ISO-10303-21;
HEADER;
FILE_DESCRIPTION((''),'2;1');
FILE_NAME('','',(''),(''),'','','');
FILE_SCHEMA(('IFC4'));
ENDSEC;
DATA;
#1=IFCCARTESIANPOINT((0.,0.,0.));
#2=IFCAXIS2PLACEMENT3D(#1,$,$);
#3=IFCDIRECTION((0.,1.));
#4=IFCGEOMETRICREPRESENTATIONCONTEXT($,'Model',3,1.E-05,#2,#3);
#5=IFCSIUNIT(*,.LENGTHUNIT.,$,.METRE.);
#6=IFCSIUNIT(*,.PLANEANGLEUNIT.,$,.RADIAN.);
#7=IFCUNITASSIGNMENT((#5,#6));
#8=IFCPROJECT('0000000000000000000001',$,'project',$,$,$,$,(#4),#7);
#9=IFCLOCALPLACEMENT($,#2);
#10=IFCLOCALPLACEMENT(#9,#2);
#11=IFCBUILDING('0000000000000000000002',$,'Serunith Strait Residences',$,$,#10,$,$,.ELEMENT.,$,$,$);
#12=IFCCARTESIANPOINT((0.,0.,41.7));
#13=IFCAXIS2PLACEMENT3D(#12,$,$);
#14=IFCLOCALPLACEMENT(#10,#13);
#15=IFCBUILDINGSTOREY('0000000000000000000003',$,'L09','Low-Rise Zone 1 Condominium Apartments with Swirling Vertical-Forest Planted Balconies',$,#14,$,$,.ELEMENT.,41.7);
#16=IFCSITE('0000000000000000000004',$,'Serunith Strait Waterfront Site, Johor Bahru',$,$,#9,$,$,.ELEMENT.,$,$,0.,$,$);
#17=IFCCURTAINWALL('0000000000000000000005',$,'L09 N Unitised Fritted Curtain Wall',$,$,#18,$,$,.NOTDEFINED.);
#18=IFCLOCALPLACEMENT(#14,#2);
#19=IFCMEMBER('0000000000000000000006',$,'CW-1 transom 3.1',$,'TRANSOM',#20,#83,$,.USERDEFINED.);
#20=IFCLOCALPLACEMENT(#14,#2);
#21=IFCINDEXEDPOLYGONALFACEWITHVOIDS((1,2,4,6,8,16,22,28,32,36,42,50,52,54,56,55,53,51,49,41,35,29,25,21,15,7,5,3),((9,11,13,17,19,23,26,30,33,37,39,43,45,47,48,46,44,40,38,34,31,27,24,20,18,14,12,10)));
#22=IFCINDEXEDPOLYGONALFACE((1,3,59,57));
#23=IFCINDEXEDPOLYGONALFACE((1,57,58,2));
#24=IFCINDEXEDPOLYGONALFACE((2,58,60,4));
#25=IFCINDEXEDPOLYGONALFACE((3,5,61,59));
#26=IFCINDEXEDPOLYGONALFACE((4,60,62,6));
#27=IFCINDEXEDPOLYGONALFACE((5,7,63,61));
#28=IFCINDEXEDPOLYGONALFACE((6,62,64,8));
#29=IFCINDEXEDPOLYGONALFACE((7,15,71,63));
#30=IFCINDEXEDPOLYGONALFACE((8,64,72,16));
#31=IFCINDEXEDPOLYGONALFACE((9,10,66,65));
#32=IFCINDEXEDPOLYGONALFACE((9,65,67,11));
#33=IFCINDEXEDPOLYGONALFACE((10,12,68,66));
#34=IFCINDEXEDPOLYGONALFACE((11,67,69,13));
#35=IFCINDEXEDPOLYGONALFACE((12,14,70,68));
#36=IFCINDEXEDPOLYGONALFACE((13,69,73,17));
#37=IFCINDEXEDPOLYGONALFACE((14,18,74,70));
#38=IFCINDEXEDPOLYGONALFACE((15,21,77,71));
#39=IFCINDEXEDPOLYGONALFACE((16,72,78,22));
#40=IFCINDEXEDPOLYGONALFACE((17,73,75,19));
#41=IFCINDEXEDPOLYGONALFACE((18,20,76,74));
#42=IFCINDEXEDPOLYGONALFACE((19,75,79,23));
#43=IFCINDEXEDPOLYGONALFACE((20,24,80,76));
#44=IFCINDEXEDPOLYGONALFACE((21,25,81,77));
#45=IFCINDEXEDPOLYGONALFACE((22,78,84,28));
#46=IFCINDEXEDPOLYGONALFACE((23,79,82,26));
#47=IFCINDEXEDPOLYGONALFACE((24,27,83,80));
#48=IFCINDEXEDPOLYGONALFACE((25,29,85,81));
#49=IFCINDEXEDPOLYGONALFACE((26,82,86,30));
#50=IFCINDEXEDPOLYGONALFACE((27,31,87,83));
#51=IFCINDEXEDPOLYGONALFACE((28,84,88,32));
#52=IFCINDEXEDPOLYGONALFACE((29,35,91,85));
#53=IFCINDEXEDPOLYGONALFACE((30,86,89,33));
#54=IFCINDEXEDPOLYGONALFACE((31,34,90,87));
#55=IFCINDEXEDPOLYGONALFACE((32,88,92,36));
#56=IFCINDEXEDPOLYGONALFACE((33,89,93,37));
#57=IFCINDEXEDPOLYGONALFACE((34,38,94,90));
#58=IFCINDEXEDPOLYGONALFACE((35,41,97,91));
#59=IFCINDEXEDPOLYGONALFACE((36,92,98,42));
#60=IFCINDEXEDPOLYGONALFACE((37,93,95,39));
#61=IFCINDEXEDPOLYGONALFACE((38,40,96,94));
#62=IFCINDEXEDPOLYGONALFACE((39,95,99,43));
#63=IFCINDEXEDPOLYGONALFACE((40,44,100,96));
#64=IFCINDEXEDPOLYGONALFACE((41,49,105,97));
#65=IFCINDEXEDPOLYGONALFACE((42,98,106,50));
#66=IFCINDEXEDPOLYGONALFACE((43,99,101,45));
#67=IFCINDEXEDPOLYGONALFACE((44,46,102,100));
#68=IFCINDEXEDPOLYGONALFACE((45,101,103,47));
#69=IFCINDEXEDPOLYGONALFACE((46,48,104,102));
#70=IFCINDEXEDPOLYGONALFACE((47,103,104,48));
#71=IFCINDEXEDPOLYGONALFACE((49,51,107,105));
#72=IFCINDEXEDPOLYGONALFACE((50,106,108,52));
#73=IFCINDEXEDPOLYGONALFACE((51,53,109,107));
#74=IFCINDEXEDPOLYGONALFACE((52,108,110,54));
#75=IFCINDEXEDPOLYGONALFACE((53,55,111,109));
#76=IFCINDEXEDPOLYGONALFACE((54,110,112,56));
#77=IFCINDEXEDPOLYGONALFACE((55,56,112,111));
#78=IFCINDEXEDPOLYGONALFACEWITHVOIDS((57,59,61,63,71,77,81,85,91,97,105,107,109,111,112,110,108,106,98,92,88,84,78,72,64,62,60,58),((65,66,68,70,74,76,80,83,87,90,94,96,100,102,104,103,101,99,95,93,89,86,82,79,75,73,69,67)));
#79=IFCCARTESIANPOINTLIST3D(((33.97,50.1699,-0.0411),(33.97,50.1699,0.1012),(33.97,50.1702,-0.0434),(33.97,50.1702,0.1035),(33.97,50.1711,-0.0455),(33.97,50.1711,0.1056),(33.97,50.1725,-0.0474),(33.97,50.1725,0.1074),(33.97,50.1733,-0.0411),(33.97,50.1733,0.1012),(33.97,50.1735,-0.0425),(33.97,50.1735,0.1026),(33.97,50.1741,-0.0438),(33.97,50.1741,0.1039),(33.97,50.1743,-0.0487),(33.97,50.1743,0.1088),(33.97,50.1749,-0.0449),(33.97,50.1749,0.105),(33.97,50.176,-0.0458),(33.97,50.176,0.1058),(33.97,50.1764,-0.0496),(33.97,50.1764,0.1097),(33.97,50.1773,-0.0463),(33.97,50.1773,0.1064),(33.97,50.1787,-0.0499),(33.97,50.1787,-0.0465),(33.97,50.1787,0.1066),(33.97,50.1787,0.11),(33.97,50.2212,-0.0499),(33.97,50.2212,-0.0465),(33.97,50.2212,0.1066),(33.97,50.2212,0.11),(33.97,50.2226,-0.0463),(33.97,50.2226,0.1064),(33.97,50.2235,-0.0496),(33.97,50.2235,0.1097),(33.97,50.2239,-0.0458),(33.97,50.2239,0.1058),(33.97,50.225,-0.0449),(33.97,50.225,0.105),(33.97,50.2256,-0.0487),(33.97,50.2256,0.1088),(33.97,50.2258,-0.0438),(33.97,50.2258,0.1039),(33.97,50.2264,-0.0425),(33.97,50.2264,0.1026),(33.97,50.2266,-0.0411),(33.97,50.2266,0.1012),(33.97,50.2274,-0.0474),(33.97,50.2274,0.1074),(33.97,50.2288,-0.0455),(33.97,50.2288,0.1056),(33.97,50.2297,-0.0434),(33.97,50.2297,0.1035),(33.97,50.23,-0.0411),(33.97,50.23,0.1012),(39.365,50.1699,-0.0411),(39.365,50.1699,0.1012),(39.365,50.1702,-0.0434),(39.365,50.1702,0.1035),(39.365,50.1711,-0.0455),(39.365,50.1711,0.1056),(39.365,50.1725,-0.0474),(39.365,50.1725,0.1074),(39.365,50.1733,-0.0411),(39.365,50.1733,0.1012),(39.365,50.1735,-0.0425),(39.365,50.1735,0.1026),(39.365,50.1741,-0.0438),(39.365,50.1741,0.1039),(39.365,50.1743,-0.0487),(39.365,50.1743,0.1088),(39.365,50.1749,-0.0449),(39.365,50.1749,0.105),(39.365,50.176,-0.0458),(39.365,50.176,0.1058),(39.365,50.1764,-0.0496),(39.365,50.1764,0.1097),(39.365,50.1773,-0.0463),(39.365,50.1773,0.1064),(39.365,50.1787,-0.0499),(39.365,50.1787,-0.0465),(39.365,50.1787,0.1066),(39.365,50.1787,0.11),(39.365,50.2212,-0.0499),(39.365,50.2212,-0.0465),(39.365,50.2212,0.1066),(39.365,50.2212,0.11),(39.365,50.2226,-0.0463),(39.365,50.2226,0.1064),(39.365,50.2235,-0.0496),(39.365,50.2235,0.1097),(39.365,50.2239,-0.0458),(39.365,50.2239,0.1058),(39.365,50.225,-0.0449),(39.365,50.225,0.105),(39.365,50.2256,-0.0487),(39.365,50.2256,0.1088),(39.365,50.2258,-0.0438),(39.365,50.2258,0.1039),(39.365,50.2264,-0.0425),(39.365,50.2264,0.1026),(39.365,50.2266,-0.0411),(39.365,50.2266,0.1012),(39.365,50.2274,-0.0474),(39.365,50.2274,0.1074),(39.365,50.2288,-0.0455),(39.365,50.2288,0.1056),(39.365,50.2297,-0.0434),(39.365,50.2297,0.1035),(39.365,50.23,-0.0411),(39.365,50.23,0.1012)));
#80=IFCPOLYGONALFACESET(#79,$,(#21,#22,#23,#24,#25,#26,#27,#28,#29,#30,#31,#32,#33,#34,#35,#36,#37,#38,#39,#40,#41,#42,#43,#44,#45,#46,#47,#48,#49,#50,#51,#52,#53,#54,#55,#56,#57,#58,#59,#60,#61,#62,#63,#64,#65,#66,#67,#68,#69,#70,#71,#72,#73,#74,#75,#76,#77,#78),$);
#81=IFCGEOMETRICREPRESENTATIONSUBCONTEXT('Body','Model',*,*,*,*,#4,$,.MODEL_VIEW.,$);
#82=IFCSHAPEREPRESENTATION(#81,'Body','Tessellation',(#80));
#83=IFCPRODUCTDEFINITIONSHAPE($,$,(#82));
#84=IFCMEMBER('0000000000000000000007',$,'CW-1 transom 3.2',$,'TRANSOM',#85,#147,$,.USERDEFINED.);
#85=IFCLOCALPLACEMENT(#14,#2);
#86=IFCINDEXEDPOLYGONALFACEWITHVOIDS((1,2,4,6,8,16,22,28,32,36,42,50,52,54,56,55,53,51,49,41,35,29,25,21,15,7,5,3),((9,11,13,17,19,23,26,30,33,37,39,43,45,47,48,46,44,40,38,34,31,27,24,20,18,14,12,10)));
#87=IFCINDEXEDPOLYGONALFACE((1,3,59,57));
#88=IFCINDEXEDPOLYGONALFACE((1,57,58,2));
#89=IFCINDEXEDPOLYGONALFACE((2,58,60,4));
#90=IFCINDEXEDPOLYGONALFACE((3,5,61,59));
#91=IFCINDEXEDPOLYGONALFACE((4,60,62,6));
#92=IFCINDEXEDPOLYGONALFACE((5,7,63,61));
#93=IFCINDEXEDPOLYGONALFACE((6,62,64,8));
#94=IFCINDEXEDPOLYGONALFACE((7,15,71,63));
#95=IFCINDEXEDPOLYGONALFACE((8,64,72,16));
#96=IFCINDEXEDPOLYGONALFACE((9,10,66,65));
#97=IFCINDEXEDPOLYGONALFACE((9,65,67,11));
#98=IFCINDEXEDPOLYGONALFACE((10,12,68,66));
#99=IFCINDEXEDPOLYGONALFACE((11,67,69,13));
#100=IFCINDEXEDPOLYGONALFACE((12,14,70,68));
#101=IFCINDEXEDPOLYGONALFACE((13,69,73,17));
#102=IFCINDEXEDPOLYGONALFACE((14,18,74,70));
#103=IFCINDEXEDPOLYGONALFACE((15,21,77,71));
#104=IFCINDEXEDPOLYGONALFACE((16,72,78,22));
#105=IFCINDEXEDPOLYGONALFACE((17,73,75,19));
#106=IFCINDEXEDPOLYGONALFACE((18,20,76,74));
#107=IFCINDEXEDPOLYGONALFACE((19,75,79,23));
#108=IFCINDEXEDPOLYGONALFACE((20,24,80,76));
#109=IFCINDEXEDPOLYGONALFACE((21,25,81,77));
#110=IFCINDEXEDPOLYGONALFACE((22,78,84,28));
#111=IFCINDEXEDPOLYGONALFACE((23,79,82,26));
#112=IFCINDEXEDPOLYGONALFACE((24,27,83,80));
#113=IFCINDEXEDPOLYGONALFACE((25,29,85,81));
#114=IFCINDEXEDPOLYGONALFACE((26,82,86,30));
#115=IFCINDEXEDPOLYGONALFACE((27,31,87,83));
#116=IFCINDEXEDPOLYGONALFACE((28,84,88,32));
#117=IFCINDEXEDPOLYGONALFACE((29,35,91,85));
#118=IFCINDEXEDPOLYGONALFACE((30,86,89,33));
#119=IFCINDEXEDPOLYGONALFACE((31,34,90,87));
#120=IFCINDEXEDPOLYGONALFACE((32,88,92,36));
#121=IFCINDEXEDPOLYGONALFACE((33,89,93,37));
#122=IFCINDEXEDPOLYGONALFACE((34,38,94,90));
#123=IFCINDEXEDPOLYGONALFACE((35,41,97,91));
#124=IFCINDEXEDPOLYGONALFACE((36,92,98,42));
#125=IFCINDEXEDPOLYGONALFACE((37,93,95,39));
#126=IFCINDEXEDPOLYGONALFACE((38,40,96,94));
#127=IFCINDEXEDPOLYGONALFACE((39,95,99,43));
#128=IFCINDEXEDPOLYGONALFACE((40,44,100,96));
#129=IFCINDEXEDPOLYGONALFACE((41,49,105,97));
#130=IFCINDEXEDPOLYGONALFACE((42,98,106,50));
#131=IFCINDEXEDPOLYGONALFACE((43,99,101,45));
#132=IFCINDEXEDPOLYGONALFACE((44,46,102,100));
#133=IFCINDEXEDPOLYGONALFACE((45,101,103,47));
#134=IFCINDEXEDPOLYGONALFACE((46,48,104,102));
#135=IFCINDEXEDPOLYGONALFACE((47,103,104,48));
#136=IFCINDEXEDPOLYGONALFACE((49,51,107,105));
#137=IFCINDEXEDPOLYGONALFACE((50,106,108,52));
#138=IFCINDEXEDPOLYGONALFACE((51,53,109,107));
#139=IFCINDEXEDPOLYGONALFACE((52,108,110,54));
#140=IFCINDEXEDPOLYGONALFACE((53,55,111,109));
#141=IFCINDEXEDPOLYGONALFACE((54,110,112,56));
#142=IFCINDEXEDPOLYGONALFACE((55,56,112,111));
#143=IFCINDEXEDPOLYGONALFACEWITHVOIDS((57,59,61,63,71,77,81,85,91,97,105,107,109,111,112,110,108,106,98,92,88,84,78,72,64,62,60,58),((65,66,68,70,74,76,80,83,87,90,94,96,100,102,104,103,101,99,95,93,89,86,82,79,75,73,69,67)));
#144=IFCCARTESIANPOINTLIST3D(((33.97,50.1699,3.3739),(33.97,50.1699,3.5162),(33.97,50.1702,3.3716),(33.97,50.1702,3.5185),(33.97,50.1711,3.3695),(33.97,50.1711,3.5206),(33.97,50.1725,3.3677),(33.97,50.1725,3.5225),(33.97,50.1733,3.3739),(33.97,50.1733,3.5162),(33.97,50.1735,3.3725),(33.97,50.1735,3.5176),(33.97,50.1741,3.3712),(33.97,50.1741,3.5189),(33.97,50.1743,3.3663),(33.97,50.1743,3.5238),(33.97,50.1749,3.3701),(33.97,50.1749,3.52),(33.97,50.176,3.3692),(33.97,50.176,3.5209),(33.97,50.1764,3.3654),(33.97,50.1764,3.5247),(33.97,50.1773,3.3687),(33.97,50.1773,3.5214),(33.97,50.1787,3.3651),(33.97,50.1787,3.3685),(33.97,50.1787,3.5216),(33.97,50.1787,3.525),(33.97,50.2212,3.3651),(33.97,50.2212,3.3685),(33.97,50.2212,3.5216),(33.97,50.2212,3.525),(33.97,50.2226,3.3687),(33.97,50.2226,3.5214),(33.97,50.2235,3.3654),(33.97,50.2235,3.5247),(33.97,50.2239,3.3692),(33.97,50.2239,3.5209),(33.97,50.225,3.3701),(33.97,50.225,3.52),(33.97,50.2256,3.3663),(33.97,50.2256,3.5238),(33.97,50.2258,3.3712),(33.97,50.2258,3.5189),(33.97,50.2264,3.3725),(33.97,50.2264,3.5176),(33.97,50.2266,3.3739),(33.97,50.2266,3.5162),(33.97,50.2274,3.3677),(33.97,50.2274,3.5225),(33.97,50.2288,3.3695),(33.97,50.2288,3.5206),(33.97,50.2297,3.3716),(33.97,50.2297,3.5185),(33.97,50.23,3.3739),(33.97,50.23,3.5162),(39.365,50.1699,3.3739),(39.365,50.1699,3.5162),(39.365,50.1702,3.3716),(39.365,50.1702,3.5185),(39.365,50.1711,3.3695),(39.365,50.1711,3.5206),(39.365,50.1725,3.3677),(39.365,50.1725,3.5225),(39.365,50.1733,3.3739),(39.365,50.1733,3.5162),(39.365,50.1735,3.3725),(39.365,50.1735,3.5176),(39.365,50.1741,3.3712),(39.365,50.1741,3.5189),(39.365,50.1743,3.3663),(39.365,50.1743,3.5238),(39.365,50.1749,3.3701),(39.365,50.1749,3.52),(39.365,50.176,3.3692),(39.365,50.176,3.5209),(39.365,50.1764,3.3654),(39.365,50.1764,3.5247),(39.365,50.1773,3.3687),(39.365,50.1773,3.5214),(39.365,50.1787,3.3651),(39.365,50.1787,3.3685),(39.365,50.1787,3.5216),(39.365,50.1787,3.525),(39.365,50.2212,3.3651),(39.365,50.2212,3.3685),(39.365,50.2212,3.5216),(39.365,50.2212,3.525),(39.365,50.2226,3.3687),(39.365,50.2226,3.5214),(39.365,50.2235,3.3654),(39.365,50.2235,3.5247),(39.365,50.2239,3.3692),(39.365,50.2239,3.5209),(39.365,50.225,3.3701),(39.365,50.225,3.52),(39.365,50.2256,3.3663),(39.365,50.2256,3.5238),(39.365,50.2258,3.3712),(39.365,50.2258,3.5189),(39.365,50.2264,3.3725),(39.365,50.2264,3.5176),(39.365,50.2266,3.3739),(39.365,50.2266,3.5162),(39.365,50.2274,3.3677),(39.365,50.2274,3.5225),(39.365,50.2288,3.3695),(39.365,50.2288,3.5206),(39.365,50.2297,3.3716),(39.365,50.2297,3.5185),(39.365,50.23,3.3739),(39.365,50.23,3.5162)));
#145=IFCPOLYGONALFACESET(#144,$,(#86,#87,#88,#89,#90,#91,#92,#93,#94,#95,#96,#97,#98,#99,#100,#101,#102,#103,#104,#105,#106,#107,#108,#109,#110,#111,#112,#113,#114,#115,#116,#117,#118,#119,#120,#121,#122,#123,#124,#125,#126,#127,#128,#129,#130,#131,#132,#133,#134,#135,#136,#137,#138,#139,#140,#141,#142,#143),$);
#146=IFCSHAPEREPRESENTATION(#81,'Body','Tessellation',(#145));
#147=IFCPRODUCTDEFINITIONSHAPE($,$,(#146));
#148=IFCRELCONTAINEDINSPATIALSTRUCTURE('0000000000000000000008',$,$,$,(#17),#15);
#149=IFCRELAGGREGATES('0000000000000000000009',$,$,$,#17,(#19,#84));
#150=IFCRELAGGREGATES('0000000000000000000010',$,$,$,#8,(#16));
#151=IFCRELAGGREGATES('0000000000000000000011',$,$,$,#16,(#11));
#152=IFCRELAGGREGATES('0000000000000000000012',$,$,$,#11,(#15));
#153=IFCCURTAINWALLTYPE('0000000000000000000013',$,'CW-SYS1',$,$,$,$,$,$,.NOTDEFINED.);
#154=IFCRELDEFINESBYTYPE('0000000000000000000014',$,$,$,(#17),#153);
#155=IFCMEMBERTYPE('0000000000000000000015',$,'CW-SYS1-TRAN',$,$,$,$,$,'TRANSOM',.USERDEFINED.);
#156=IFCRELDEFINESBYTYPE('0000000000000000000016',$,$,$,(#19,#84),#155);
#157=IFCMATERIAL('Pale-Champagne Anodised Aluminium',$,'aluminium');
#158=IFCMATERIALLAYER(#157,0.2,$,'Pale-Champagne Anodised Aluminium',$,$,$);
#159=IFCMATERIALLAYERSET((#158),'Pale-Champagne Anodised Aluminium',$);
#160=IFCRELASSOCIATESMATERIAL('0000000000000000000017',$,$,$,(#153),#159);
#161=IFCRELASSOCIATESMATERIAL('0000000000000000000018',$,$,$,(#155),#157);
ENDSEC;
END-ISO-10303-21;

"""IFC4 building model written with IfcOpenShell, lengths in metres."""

from ifc_helpers import new_model, si_unit, direction, frame, origin, origin_2d, place, context, subcontext, project, spatial, hollow_rectangle, extrude, source, transform, mapped, material, layer, layer_set, material_profile, profile_set, type_object, element, aggregate, save


model = new_model("IFC4")

# Units and contexts
model_context = context("Model", 3, precision=1e-05, world=origin(), true_north=direction((0.0, 1.0)))
body_context = subcontext(model_context, "Body", "Model", "MODEL_VIEW")
ifc_project = project(units=[si_unit("LENGTHUNIT", "METRE"), si_unit("PLANEANGLEUNIT", "RADIAN")], contexts=[model_context])

# Site, building, storey
site_placement = place(None, origin())
site = spatial("IfcSite", under=ifc_project, at=site_placement, Name="Serunith Strait Waterfront Site, Johor Bahru", CompositionType="ELEMENT", RefElevation=0.0)
building_placement = place(site_placement, origin())
building = spatial("IfcBuilding", under=site, at=building_placement, Name="Serunith Strait Residences", CompositionType="ELEMENT")
storey_placement = place(building_placement, frame((0.0, 0.0, 41.7)))
storey = spatial("IfcBuildingStorey", under=building, at=storey_placement, Name="L09", Description="Low-Rise Zone 1 Condominium Apartments with Swirling Vertical-Forest Planted Balconies", CompositionType="ELEMENT", Elevation=41.7)

# Curtain wall
ifc_material_1 = material(Name="Pale-Champagne Anodised Aluminium", Category="aluminium")
ifc_layer_1 = layer(ifc_material_1, 0.2, Name="Pale-Champagne Anodised Aluminium")
ifc_layer_set_1 = layer_set([ifc_layer_1], Name="Pale-Champagne Anodised Aluminium")
curtain_wall_type = type_object("IfcCurtainWallType", Name="CW-SYS1", PredefinedType="NOTDEFINED", material=ifc_layer_set_1)
curtain_wall_1_placement = place(storey_placement, origin())
curtain_wall_1 = element("IfcCurtainWall", 1, at=curtain_wall_1_placement, inside=storey, type_object=curtain_wall_type, Name="L09 N Unitised Fritted Curtain Wall", PredefinedType="NOTDEFINED")

# Members
ifc_material_profile_1 = material_profile(ifc_material_1, hollow_rectangle(XDim=0.0601, YDim=0.1599, WallThickness=0.0034, InnerFilletRadius=0.0054, OuterFilletRadius=0.0088, at=origin_2d()), Name="ALU 160x60x3.5")
ifc_profile_set_1 = profile_set([ifc_material_profile_1], Name="Pale-Champagne Anodised Aluminium")
member_type_1 = type_object("IfcMemberType", Name="CW-SYS1-TRAN", ElementType="TRANSOM", PredefinedType="USERDEFINED", material=ifc_profile_set_1)
shared_shape_1 = source(origin(), body_context, "Body", "SweptSolid", [
    extrude(hollow_rectangle(XDim=0.0601, YDim=0.1599, WallThickness=0.0034, InnerFilletRadius=0.0054, OuterFilletRadius=0.0088, at=origin_2d()), origin(), (0.0, 0.0, 1.0), 5.395),
])
member_1_placement = place(storey_placement, frame((39.365, 50.2, 0.03), z_axis=(-1.0, 0.0, 0.0), x_axis=(0.0, -1.0, 0.0)))
member_1 = element("IfcMember", 2, at=member_1_placement, type_object=member_type_1, Name="CW-1 transom 3.1", ObjectType="TRANSOM", PredefinedType="USERDEFINED", context=body_context, shape_type="MappedRepresentation", body=[
    mapped(shared_shape_1, transform((0.0, 0.0, 0.0), scale=1.0)),
])
member_2_placement = place(storey_placement, frame((39.365, 50.2, 3.4451), z_axis=(-1.0, 0.0, 0.0), x_axis=(0.0, -1.0, 0.0)))
member_2 = element("IfcMember", 3, at=member_2_placement, type_object=member_type_1, Name="CW-1 transom 3.2", ObjectType="TRANSOM", PredefinedType="USERDEFINED", context=body_context, shape_type="MappedRepresentation", body=[
    mapped(shared_shape_1, transform((0.0, 0.0, 0.0), scale=1.0)),
])

aggregate(curtain_wall_1, [member_1, member_2])

save(model, "model.ifc")
